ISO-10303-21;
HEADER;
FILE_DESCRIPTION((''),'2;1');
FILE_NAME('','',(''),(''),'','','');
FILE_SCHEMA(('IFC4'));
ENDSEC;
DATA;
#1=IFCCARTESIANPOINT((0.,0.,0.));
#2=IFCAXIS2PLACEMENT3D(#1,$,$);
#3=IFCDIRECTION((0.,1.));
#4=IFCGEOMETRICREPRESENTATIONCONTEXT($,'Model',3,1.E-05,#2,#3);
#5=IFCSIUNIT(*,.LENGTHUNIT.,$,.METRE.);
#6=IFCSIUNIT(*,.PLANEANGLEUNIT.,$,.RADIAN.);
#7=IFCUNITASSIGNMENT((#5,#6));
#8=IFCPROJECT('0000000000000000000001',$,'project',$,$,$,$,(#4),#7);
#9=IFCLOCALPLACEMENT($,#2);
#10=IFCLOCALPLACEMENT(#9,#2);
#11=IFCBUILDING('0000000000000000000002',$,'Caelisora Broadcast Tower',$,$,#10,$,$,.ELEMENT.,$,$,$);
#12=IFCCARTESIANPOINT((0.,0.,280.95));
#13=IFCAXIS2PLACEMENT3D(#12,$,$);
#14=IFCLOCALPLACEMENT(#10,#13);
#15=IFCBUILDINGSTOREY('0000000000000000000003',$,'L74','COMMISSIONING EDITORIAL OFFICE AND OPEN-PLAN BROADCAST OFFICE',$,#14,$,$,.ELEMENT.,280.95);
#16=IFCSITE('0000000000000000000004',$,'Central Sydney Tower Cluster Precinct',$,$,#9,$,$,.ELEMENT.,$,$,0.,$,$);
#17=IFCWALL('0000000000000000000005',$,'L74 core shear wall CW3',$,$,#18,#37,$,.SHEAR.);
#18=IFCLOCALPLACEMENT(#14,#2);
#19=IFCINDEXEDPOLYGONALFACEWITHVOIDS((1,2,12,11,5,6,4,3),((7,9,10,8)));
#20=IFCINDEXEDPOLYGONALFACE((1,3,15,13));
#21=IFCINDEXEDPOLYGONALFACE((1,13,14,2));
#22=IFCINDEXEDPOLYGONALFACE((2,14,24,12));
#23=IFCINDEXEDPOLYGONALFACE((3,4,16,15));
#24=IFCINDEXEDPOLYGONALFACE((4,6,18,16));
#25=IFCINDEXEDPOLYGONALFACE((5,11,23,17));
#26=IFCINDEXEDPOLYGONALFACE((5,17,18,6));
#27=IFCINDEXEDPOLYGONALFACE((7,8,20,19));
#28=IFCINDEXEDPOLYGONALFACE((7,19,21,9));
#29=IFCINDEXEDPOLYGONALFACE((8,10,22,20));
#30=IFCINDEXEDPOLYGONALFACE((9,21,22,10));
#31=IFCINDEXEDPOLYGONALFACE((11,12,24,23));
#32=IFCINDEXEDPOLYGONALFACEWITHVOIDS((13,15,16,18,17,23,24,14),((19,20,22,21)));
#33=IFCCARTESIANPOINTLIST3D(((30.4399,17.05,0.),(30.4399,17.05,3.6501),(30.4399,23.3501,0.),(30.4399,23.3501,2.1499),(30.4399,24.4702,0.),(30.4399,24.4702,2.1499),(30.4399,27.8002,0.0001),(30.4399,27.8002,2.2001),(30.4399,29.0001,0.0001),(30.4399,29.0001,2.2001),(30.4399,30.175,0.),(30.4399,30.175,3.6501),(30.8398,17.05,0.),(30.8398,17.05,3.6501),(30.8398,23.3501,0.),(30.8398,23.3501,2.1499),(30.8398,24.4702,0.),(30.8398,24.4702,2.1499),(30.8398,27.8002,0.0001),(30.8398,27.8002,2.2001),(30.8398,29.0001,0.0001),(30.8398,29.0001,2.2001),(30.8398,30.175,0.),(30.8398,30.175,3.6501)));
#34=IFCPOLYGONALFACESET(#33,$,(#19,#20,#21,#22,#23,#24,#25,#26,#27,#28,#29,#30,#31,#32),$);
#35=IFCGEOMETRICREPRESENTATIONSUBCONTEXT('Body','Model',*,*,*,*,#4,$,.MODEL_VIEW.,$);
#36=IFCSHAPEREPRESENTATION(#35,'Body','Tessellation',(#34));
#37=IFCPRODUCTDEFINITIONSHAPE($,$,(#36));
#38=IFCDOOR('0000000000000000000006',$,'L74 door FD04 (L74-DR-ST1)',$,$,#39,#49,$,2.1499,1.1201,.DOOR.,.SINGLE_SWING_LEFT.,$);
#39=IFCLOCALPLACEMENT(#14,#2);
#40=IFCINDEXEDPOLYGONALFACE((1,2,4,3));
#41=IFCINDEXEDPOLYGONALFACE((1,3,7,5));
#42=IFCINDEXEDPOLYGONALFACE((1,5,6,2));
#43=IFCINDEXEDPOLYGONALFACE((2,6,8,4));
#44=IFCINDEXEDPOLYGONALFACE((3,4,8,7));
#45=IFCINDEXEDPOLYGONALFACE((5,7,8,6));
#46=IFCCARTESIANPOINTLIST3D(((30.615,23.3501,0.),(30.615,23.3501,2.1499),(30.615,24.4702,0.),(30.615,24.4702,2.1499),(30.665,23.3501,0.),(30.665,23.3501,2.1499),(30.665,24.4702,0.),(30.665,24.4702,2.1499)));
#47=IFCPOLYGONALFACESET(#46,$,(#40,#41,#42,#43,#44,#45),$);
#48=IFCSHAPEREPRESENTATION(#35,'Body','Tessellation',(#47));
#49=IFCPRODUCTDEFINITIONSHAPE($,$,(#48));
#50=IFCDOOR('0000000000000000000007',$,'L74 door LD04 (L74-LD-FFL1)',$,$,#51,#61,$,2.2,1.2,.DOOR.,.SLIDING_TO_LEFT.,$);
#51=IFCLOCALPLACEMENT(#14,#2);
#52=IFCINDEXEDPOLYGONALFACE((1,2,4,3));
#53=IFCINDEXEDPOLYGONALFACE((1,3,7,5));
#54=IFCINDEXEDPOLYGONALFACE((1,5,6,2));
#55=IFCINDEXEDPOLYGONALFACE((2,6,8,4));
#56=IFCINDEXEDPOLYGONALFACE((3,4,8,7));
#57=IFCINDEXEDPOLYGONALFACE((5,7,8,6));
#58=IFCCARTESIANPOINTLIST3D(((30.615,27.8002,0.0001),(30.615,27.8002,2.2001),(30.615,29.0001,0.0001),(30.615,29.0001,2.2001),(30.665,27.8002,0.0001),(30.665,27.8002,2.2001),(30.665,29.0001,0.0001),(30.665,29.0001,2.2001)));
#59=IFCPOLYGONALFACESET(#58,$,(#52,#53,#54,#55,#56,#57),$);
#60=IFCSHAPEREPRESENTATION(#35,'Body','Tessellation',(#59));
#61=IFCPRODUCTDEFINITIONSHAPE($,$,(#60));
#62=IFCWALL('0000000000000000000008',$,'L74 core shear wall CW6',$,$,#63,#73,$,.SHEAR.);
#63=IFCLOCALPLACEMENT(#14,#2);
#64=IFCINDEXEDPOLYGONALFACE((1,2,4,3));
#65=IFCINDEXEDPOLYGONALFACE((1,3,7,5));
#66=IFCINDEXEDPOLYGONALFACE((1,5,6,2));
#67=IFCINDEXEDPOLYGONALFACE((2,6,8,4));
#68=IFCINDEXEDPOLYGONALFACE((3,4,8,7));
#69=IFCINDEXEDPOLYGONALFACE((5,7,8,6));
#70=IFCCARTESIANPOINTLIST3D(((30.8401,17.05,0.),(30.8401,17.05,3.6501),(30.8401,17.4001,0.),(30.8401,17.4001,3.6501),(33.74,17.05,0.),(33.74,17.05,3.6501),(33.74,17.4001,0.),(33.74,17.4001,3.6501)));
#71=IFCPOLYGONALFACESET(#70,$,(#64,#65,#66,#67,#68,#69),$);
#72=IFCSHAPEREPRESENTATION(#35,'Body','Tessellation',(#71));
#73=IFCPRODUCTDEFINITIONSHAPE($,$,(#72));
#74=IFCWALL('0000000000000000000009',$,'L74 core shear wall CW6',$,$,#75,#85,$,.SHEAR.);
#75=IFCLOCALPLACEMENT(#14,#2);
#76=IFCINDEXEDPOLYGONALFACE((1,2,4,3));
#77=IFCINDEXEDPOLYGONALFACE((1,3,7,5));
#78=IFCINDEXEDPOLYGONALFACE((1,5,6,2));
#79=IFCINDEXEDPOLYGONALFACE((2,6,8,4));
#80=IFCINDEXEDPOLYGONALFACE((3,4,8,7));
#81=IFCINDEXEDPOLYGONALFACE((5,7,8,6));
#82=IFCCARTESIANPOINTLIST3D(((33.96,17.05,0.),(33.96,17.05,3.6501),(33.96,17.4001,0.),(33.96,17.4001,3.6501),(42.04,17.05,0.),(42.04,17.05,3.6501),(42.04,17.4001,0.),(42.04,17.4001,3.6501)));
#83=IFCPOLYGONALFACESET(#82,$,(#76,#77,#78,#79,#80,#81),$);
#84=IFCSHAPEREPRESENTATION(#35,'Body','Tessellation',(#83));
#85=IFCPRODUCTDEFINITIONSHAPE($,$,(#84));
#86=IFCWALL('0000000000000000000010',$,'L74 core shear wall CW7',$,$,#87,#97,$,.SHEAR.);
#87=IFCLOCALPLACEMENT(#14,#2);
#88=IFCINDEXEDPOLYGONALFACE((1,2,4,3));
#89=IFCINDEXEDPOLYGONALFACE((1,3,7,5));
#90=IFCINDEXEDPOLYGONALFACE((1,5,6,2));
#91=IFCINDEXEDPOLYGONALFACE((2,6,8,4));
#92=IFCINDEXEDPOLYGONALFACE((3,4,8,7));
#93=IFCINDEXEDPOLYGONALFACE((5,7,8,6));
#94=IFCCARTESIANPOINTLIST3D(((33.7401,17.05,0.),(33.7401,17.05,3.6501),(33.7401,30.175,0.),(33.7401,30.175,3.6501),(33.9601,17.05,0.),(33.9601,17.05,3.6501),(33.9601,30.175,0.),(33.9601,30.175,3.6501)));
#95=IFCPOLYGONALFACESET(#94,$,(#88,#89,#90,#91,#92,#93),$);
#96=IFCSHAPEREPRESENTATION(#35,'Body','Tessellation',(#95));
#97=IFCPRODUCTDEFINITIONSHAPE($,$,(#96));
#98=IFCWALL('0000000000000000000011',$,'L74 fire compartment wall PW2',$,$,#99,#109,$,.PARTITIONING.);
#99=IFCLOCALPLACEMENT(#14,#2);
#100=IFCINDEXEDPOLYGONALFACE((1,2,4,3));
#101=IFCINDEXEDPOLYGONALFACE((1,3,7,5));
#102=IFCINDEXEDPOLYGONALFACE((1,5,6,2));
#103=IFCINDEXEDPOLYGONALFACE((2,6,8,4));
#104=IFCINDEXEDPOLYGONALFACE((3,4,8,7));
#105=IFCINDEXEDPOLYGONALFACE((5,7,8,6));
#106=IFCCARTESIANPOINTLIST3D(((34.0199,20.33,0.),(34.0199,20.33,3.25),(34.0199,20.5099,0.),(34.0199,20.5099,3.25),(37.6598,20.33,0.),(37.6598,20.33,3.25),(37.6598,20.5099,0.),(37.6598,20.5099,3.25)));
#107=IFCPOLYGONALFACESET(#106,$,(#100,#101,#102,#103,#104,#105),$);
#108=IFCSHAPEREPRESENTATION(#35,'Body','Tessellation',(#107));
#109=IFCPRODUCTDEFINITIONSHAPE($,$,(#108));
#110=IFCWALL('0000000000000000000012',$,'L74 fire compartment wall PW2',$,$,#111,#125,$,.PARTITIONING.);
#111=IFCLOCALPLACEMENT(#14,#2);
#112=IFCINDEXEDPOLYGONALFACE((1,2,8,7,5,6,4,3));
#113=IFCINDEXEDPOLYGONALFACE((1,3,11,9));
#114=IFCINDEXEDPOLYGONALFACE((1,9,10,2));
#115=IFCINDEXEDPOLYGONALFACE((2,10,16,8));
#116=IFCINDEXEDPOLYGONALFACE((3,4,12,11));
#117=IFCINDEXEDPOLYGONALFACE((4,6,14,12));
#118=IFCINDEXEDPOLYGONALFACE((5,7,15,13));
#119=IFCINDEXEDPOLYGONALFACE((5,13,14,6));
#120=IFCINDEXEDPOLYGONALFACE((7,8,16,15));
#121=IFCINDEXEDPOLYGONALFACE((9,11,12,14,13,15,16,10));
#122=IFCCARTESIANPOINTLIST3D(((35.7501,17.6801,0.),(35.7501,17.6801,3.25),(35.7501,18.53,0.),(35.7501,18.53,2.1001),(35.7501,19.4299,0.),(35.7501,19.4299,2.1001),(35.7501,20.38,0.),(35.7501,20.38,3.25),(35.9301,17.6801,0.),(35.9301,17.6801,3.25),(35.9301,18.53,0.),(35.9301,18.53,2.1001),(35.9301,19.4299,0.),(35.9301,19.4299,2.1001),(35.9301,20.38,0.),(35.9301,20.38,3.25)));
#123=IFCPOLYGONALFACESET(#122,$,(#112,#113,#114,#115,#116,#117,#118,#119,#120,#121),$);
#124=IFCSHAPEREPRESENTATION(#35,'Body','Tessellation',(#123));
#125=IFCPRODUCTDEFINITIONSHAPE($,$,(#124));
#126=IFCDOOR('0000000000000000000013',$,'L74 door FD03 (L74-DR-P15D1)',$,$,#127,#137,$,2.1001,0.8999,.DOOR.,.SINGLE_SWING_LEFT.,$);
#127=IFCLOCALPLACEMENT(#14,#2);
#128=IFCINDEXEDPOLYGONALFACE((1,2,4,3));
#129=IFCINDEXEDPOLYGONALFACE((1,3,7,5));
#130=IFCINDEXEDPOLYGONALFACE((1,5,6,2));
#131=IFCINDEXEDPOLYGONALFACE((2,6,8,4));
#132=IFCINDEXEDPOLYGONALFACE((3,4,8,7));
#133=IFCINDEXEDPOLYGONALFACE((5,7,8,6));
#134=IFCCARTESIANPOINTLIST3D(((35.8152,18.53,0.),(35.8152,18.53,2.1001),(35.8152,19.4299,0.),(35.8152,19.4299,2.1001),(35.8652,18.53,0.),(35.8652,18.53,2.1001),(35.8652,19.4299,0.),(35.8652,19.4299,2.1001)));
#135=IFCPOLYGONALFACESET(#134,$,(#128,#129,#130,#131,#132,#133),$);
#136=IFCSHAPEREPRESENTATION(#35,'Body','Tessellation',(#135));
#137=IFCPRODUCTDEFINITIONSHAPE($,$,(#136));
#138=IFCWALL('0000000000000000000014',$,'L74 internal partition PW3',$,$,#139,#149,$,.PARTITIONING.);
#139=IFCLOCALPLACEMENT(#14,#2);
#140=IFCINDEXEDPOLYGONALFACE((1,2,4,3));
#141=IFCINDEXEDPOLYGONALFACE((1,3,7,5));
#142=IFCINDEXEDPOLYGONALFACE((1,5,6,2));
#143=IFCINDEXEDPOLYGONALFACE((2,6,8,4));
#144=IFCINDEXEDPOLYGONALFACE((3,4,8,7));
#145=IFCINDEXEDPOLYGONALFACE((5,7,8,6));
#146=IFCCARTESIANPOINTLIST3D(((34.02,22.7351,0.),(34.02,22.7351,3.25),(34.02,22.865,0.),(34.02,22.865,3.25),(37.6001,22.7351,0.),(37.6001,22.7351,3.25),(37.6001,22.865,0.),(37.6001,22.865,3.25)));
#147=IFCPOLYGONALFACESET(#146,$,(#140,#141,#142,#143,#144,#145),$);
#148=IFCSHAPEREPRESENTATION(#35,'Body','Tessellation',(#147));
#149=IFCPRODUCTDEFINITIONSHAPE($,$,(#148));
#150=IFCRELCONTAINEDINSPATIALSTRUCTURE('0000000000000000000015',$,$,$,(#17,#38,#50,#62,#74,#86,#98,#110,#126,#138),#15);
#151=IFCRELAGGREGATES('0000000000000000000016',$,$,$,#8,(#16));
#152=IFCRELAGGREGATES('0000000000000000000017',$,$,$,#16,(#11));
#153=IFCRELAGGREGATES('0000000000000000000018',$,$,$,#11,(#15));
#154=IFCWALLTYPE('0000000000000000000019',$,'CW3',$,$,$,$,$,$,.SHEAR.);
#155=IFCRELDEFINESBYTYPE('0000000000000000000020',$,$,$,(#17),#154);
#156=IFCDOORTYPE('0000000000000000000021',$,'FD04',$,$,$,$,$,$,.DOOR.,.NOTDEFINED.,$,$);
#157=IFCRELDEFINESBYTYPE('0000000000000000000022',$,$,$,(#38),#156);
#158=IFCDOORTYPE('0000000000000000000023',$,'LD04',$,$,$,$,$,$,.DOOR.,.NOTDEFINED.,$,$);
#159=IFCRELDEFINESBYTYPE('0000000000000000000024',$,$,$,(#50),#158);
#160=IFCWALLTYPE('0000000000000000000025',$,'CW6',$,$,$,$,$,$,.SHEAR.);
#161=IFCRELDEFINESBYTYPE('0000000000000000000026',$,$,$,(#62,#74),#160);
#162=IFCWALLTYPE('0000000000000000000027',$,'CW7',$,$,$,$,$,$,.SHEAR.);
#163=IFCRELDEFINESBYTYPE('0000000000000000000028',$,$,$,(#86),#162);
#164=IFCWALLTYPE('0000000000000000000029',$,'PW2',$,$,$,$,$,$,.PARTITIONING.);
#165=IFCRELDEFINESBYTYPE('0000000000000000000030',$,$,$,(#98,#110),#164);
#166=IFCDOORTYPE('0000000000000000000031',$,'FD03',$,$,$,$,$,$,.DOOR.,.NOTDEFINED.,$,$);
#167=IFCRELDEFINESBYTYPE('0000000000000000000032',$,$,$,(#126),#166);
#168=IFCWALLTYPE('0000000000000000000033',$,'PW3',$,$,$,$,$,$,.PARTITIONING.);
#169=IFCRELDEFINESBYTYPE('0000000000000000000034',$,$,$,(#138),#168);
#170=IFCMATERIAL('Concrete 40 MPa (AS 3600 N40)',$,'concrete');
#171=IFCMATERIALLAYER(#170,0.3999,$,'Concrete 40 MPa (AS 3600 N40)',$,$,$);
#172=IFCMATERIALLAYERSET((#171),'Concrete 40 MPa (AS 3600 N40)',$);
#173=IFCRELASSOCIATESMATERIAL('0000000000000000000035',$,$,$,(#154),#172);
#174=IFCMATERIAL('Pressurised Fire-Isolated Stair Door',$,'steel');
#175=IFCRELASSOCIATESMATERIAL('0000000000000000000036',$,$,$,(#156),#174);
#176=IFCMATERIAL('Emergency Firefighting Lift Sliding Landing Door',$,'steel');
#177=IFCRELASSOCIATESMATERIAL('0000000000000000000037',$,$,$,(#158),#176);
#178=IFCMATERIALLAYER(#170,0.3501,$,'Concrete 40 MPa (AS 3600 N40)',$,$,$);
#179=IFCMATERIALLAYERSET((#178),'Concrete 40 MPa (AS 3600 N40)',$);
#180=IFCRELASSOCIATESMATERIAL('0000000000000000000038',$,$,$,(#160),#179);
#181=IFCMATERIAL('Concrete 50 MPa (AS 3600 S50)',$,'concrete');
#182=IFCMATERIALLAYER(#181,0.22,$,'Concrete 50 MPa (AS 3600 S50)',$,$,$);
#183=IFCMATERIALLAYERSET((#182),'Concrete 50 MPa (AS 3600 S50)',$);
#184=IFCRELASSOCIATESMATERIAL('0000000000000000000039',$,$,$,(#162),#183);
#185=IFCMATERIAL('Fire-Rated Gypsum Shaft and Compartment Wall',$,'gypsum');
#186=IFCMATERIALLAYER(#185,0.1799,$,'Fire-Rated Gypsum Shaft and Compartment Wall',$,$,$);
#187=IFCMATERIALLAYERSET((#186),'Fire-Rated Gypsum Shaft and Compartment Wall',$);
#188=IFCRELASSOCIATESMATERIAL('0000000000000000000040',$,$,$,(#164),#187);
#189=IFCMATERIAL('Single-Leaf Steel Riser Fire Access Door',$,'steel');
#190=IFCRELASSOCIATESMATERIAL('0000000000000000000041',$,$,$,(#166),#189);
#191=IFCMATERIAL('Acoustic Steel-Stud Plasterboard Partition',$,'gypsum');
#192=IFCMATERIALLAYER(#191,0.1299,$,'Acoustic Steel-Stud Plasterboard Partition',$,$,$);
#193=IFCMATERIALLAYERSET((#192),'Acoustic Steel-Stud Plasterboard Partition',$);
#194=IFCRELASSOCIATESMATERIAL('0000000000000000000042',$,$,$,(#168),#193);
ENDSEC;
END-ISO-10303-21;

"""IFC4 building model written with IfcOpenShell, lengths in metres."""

from ifc_helpers import new_model, si_unit, direction, frame, frame_2d, origin, place, context, subcontext, project, spatial, rectangle, extrude, material, layer, layer_set, type_object, element, fill, save


model = new_model("IFC4")

# Units and contexts
model_context = context("Model", 3, precision=1e-05, world=origin(), true_north=direction((0.0, 1.0)))
body_context = subcontext(model_context, "Body", "Model", "MODEL_VIEW")
ifc_project = project(units=[si_unit("LENGTHUNIT", "METRE"), si_unit("PLANEANGLEUNIT", "RADIAN")], contexts=[model_context])

# Site, building, storey
site_placement = place(None, origin())
site = spatial("IfcSite", under=ifc_project, at=site_placement, Name="Central Sydney Tower Cluster Precinct", CompositionType="ELEMENT", RefElevation=0.0)
building_placement = place(site_placement, origin())
building = spatial("IfcBuilding", under=site, at=building_placement, Name="Caelisora Broadcast Tower", CompositionType="ELEMENT")
storey_placement = place(building_placement, frame((0.0, 0.0, 280.95)))
storey = spatial("IfcBuildingStorey", under=building, at=storey_placement, Name="L74", Description="COMMISSIONING EDITORIAL OFFICE AND OPEN-PLAN BROADCAST OFFICE", CompositionType="ELEMENT", Elevation=280.95)

# Wall, openings, doors
ifc_material_1 = material(Name="Concrete 40 MPa (AS 3600 N40)", Category="concrete")
ifc_layer_1 = layer(ifc_material_1, 0.3999, Name="Concrete 40 MPa (AS 3600 N40)")
ifc_layer_set_1 = layer_set([ifc_layer_1], Name="Concrete 40 MPa (AS 3600 N40)")
wall_type_1 = type_object("IfcWallType", Name="CW3", PredefinedType="SHEAR", material=ifc_layer_set_1)
wall_1_placement = place(storey_placement, frame((30.6399, 17.05, 0.0), z_axis=(0.0, 0.0, 1.0), x_axis=(0.0, 1.0, 0.0)))
wall_1 = element("IfcWall", 1, at=wall_1_placement, inside=storey, type_object=wall_type_1, Name="L74 core shear wall CW3", PredefinedType="SHEAR", context=body_context, shape_type="SweptSolid", body=[
    extrude(rectangle(XDim=13.125, YDim=0.3999, at=frame_2d((6.5625, 0.0))), origin(), (0.0, 0.0, 1.0), 3.6501),
])
opening_1_placement = place(wall_1_placement, frame((6.3, 0.0, 0.0)))
opening_1 = element("IfcOpeningElement", 2, at=opening_1_placement, cuts=wall_1, PredefinedType="OPENING", context=body_context, shape_type="SweptSolid", body=[
    extrude(rectangle(XDim=1.1201, YDim=2.1499, at=frame_2d((0.5601, 1.075))), frame((0.0, 0.2119, 0.0), z_axis=(0.0, -1.0, 0.0), x_axis=(1.0, 0.0, 0.0)), (0.0, 0.0, 1.0), 0.4238),
])
opening_2_placement = place(wall_1_placement, frame((10.75, 0.0, 0.0)))
opening_2 = element("IfcOpeningElement", 3, at=opening_2_placement, cuts=wall_1, PredefinedType="OPENING", context=body_context, shape_type="SweptSolid", body=[
    extrude(rectangle(XDim=1.2, YDim=2.2, at=frame_2d((0.6001, 1.1001))), frame((0.0, 0.2119, 0.0), z_axis=(0.0, -1.0, 0.0), x_axis=(1.0, 0.0, 0.0)), (0.0, 0.0, 1.0), 0.4238),
])
ifc_material_2 = material(Name="Pressurised Fire-Isolated Stair Door", Category="steel")
door_type_1 = type_object("IfcDoorType", Name="FD04", OperationType="NOTDEFINED", PredefinedType="DOOR", material=ifc_material_2)
door_1_placement = place(opening_1_placement, origin())
door_1 = element("IfcDoor", 4, at=door_1_placement, inside=storey, type_object=door_type_1, Name="L74 door FD04 (L74-DR-ST1)", OperationType="SINGLE_SWING_LEFT", OverallHeight=2.1499, OverallWidth=1.1201, PredefinedType="DOOR", context=body_context, shape_type="SweptSolid", body=[
    extrude(rectangle(XDim=1.1201, YDim=2.1499, at=frame_2d((0.5601, 1.075))), frame((0.0, 0.0249, 0.0), z_axis=(0.0, -1.0, 0.0), x_axis=(1.0, 0.0, 0.0)), (0.0, 0.0, 1.0), 0.05),
])
fill(opening_1, door_1)
ifc_material_3 = material(Name="Emergency Firefighting Lift Sliding Landing Door", Category="steel")
door_type_2 = type_object("IfcDoorType", Name="LD04", OperationType="NOTDEFINED", PredefinedType="DOOR", material=ifc_material_3)
door_2_placement = place(opening_2_placement, origin())
door_2 = element("IfcDoor", 5, at=door_2_placement, inside=storey, type_object=door_type_2, Name="L74 door LD04 (L74-LD-FFL1)", OperationType="SLIDING_TO_LEFT", OverallHeight=2.2, OverallWidth=1.2, PredefinedType="DOOR", context=body_context, shape_type="SweptSolid", body=[
    extrude(rectangle(XDim=1.2, YDim=2.2, at=frame_2d((0.6001, 1.1001))), frame((0.0, 0.0249, 0.0), z_axis=(0.0, -1.0, 0.0), x_axis=(1.0, 0.0, 0.0)), (0.0, 0.0, 1.0), 0.05),
])
fill(opening_2, door_2)

# Walls
ifc_layer_2 = layer(ifc_material_1, 0.3501, Name="Concrete 40 MPa (AS 3600 N40)")
ifc_layer_set_2 = layer_set([ifc_layer_2], Name="Concrete 40 MPa (AS 3600 N40)")
wall_type_2 = type_object("IfcWallType", Name="CW6", PredefinedType="SHEAR", material=ifc_layer_set_2)
wall_2_placement = place(storey_placement, frame((30.8401, 17.2251, 0.0), z_axis=(0.0, 0.0, 1.0), x_axis=(1.0, 0.0, 0.0)))
element("IfcWall", 6, at=wall_2_placement, inside=storey, type_object=wall_type_2, Name="L74 core shear wall CW6", PredefinedType="SHEAR", context=body_context, shape_type="SweptSolid", body=[
    extrude(rectangle(XDim=2.8999, YDim=0.3501, at=frame_2d((1.45, 0.0))), origin(), (0.0, 0.0, 1.0), 3.6501),
])
wall_3_placement = place(storey_placement, frame((33.96, 17.2251, 0.0), z_axis=(0.0, 0.0, 1.0), x_axis=(1.0, 0.0, 0.0)))
element("IfcWall", 7, at=wall_3_placement, inside=storey, type_object=wall_type_2, Name="L74 core shear wall CW6", PredefinedType="SHEAR", context=body_context, shape_type="SweptSolid", body=[
    extrude(rectangle(XDim=8.0801, YDim=0.3501, at=frame_2d((4.04, 0.0))), origin(), (0.0, 0.0, 1.0), 3.6501),
])
ifc_material_4 = material(Name="Concrete 50 MPa (AS 3600 S50)", Category="concrete")
ifc_layer_3 = layer(ifc_material_4, 0.22, Name="Concrete 50 MPa (AS 3600 S50)")
ifc_layer_set_3 = layer_set([ifc_layer_3], Name="Concrete 50 MPa (AS 3600 S50)")
wall_type_3 = type_object("IfcWallType", Name="CW7", PredefinedType="SHEAR", material=ifc_layer_set_3)
wall_4_placement = place(storey_placement, frame((33.8501, 17.05, 0.0), z_axis=(0.0, 0.0, 1.0), x_axis=(0.0, 1.0, 0.0)))
element("IfcWall", 8, at=wall_4_placement, inside=storey, type_object=wall_type_3, Name="L74 core shear wall CW7", PredefinedType="SHEAR", context=body_context, shape_type="SweptSolid", body=[
    extrude(rectangle(XDim=13.125, YDim=0.22, at=frame_2d((6.5625, 0.0))), origin(), (0.0, 0.0, 1.0), 3.6501),
])
ifc_material_5 = material(Name="Fire-Rated Gypsum Shaft and Compartment Wall", Category="gypsum")
ifc_layer_4 = layer(ifc_material_5, 0.1799, Name="Fire-Rated Gypsum Shaft and Compartment Wall")
ifc_layer_set_4 = layer_set([ifc_layer_4], Name="Fire-Rated Gypsum Shaft and Compartment Wall")
wall_type_4 = type_object("IfcWallType", Name="PW2", PredefinedType="PARTITIONING", material=ifc_layer_set_4)
wall_5_placement = place(storey_placement, frame((34.02, 20.4199, 0.0), z_axis=(0.0, 0.0, 1.0), x_axis=(1.0, 0.0, 0.0)))
element("IfcWall", 9, at=wall_5_placement, inside=storey, type_object=wall_type_4, Name="L74 fire compartment wall PW2", PredefinedType="PARTITIONING", context=body_context, shape_type="SweptSolid", body=[
    extrude(rectangle(XDim=3.6399, YDim=0.1799, at=frame_2d((1.8198, 0.0))), origin(), (0.0, 0.0, 1.0), 3.25),
])

# Wall, opening, door
wall_6_placement = place(storey_placement, frame((35.8401, 17.6799, 0.0), z_axis=(0.0, 0.0, 1.0), x_axis=(0.0, 1.0, 0.0)))
wall_6 = element("IfcWall", 10, at=wall_6_placement, inside=storey, type_object=wall_type_4, Name="L74 fire compartment wall PW2", PredefinedType="PARTITIONING", context=body_context, shape_type="SweptSolid", body=[
    extrude(rectangle(XDim=2.7, YDim=0.1799, at=frame_2d((1.3501, 0.0))), origin(), (0.0, 0.0, 1.0), 3.25),
])
opening_3_placement = place(wall_6_placement, frame((0.8501, 0.0, 0.0)))
opening_3 = element("IfcOpeningElement", 11, at=opening_3_placement, cuts=wall_6, PredefinedType="OPENING", context=body_context, shape_type="SweptSolid", body=[
    extrude(rectangle(XDim=0.8999, YDim=2.1001, at=frame_2d((0.45, 1.05))), frame((0.0, 0.1021, 0.0), z_axis=(0.0, -1.0, 0.0), x_axis=(1.0, 0.0, 0.0)), (0.0, 0.0, 1.0), 0.2039),
])
ifc_material_6 = material(Name="Single-Leaf Steel Riser Fire Access Door", Category="steel")
door_type_3 = type_object("IfcDoorType", Name="FD03", OperationType="NOTDEFINED", PredefinedType="DOOR", material=ifc_material_6)
door_3_placement = place(opening_3_placement, origin())
door_3 = element("IfcDoor", 12, at=door_3_placement, inside=storey, type_object=door_type_3, Name="L74 door FD03 (L74-DR-P15D1)", OperationType="SINGLE_SWING_LEFT", OverallHeight=2.1001, OverallWidth=0.8999, PredefinedType="DOOR", context=body_context, shape_type="SweptSolid", body=[
    extrude(rectangle(XDim=0.8999, YDim=2.1001, at=frame_2d((0.45, 1.05))), frame((0.0, 0.0249, 0.0), z_axis=(0.0, -1.0, 0.0), x_axis=(1.0, 0.0, 0.0)), (0.0, 0.0, 1.0), 0.05),
])
fill(opening_3, door_3)

# Wall
ifc_material_7 = material(Name="Acoustic Steel-Stud Plasterboard Partition", Category="gypsum")
ifc_layer_5 = layer(ifc_material_7, 0.1299, Name="Acoustic Steel-Stud Plasterboard Partition")
ifc_layer_set_5 = layer_set([ifc_layer_5], Name="Acoustic Steel-Stud Plasterboard Partition")
wall_type_5 = type_object("IfcWallType", Name="PW3", PredefinedType="PARTITIONING", material=ifc_layer_set_5)
wall_7_placement = place(storey_placement, frame((34.02, 22.8, 0.0), z_axis=(0.0, 0.0, 1.0), x_axis=(1.0, 0.0, 0.0)))
element("IfcWall", 13, at=wall_7_placement, inside=storey, type_object=wall_type_5, Name="L74 internal partition PW3", PredefinedType="PARTITIONING", context=body_context, shape_type="SweptSolid", body=[
    extrude(rectangle(XDim=3.5801, YDim=0.1299, at=frame_2d((1.79, 0.0))), origin(), (0.0, 0.0, 1.0), 3.25),
])

save(model, "model.ifc")
